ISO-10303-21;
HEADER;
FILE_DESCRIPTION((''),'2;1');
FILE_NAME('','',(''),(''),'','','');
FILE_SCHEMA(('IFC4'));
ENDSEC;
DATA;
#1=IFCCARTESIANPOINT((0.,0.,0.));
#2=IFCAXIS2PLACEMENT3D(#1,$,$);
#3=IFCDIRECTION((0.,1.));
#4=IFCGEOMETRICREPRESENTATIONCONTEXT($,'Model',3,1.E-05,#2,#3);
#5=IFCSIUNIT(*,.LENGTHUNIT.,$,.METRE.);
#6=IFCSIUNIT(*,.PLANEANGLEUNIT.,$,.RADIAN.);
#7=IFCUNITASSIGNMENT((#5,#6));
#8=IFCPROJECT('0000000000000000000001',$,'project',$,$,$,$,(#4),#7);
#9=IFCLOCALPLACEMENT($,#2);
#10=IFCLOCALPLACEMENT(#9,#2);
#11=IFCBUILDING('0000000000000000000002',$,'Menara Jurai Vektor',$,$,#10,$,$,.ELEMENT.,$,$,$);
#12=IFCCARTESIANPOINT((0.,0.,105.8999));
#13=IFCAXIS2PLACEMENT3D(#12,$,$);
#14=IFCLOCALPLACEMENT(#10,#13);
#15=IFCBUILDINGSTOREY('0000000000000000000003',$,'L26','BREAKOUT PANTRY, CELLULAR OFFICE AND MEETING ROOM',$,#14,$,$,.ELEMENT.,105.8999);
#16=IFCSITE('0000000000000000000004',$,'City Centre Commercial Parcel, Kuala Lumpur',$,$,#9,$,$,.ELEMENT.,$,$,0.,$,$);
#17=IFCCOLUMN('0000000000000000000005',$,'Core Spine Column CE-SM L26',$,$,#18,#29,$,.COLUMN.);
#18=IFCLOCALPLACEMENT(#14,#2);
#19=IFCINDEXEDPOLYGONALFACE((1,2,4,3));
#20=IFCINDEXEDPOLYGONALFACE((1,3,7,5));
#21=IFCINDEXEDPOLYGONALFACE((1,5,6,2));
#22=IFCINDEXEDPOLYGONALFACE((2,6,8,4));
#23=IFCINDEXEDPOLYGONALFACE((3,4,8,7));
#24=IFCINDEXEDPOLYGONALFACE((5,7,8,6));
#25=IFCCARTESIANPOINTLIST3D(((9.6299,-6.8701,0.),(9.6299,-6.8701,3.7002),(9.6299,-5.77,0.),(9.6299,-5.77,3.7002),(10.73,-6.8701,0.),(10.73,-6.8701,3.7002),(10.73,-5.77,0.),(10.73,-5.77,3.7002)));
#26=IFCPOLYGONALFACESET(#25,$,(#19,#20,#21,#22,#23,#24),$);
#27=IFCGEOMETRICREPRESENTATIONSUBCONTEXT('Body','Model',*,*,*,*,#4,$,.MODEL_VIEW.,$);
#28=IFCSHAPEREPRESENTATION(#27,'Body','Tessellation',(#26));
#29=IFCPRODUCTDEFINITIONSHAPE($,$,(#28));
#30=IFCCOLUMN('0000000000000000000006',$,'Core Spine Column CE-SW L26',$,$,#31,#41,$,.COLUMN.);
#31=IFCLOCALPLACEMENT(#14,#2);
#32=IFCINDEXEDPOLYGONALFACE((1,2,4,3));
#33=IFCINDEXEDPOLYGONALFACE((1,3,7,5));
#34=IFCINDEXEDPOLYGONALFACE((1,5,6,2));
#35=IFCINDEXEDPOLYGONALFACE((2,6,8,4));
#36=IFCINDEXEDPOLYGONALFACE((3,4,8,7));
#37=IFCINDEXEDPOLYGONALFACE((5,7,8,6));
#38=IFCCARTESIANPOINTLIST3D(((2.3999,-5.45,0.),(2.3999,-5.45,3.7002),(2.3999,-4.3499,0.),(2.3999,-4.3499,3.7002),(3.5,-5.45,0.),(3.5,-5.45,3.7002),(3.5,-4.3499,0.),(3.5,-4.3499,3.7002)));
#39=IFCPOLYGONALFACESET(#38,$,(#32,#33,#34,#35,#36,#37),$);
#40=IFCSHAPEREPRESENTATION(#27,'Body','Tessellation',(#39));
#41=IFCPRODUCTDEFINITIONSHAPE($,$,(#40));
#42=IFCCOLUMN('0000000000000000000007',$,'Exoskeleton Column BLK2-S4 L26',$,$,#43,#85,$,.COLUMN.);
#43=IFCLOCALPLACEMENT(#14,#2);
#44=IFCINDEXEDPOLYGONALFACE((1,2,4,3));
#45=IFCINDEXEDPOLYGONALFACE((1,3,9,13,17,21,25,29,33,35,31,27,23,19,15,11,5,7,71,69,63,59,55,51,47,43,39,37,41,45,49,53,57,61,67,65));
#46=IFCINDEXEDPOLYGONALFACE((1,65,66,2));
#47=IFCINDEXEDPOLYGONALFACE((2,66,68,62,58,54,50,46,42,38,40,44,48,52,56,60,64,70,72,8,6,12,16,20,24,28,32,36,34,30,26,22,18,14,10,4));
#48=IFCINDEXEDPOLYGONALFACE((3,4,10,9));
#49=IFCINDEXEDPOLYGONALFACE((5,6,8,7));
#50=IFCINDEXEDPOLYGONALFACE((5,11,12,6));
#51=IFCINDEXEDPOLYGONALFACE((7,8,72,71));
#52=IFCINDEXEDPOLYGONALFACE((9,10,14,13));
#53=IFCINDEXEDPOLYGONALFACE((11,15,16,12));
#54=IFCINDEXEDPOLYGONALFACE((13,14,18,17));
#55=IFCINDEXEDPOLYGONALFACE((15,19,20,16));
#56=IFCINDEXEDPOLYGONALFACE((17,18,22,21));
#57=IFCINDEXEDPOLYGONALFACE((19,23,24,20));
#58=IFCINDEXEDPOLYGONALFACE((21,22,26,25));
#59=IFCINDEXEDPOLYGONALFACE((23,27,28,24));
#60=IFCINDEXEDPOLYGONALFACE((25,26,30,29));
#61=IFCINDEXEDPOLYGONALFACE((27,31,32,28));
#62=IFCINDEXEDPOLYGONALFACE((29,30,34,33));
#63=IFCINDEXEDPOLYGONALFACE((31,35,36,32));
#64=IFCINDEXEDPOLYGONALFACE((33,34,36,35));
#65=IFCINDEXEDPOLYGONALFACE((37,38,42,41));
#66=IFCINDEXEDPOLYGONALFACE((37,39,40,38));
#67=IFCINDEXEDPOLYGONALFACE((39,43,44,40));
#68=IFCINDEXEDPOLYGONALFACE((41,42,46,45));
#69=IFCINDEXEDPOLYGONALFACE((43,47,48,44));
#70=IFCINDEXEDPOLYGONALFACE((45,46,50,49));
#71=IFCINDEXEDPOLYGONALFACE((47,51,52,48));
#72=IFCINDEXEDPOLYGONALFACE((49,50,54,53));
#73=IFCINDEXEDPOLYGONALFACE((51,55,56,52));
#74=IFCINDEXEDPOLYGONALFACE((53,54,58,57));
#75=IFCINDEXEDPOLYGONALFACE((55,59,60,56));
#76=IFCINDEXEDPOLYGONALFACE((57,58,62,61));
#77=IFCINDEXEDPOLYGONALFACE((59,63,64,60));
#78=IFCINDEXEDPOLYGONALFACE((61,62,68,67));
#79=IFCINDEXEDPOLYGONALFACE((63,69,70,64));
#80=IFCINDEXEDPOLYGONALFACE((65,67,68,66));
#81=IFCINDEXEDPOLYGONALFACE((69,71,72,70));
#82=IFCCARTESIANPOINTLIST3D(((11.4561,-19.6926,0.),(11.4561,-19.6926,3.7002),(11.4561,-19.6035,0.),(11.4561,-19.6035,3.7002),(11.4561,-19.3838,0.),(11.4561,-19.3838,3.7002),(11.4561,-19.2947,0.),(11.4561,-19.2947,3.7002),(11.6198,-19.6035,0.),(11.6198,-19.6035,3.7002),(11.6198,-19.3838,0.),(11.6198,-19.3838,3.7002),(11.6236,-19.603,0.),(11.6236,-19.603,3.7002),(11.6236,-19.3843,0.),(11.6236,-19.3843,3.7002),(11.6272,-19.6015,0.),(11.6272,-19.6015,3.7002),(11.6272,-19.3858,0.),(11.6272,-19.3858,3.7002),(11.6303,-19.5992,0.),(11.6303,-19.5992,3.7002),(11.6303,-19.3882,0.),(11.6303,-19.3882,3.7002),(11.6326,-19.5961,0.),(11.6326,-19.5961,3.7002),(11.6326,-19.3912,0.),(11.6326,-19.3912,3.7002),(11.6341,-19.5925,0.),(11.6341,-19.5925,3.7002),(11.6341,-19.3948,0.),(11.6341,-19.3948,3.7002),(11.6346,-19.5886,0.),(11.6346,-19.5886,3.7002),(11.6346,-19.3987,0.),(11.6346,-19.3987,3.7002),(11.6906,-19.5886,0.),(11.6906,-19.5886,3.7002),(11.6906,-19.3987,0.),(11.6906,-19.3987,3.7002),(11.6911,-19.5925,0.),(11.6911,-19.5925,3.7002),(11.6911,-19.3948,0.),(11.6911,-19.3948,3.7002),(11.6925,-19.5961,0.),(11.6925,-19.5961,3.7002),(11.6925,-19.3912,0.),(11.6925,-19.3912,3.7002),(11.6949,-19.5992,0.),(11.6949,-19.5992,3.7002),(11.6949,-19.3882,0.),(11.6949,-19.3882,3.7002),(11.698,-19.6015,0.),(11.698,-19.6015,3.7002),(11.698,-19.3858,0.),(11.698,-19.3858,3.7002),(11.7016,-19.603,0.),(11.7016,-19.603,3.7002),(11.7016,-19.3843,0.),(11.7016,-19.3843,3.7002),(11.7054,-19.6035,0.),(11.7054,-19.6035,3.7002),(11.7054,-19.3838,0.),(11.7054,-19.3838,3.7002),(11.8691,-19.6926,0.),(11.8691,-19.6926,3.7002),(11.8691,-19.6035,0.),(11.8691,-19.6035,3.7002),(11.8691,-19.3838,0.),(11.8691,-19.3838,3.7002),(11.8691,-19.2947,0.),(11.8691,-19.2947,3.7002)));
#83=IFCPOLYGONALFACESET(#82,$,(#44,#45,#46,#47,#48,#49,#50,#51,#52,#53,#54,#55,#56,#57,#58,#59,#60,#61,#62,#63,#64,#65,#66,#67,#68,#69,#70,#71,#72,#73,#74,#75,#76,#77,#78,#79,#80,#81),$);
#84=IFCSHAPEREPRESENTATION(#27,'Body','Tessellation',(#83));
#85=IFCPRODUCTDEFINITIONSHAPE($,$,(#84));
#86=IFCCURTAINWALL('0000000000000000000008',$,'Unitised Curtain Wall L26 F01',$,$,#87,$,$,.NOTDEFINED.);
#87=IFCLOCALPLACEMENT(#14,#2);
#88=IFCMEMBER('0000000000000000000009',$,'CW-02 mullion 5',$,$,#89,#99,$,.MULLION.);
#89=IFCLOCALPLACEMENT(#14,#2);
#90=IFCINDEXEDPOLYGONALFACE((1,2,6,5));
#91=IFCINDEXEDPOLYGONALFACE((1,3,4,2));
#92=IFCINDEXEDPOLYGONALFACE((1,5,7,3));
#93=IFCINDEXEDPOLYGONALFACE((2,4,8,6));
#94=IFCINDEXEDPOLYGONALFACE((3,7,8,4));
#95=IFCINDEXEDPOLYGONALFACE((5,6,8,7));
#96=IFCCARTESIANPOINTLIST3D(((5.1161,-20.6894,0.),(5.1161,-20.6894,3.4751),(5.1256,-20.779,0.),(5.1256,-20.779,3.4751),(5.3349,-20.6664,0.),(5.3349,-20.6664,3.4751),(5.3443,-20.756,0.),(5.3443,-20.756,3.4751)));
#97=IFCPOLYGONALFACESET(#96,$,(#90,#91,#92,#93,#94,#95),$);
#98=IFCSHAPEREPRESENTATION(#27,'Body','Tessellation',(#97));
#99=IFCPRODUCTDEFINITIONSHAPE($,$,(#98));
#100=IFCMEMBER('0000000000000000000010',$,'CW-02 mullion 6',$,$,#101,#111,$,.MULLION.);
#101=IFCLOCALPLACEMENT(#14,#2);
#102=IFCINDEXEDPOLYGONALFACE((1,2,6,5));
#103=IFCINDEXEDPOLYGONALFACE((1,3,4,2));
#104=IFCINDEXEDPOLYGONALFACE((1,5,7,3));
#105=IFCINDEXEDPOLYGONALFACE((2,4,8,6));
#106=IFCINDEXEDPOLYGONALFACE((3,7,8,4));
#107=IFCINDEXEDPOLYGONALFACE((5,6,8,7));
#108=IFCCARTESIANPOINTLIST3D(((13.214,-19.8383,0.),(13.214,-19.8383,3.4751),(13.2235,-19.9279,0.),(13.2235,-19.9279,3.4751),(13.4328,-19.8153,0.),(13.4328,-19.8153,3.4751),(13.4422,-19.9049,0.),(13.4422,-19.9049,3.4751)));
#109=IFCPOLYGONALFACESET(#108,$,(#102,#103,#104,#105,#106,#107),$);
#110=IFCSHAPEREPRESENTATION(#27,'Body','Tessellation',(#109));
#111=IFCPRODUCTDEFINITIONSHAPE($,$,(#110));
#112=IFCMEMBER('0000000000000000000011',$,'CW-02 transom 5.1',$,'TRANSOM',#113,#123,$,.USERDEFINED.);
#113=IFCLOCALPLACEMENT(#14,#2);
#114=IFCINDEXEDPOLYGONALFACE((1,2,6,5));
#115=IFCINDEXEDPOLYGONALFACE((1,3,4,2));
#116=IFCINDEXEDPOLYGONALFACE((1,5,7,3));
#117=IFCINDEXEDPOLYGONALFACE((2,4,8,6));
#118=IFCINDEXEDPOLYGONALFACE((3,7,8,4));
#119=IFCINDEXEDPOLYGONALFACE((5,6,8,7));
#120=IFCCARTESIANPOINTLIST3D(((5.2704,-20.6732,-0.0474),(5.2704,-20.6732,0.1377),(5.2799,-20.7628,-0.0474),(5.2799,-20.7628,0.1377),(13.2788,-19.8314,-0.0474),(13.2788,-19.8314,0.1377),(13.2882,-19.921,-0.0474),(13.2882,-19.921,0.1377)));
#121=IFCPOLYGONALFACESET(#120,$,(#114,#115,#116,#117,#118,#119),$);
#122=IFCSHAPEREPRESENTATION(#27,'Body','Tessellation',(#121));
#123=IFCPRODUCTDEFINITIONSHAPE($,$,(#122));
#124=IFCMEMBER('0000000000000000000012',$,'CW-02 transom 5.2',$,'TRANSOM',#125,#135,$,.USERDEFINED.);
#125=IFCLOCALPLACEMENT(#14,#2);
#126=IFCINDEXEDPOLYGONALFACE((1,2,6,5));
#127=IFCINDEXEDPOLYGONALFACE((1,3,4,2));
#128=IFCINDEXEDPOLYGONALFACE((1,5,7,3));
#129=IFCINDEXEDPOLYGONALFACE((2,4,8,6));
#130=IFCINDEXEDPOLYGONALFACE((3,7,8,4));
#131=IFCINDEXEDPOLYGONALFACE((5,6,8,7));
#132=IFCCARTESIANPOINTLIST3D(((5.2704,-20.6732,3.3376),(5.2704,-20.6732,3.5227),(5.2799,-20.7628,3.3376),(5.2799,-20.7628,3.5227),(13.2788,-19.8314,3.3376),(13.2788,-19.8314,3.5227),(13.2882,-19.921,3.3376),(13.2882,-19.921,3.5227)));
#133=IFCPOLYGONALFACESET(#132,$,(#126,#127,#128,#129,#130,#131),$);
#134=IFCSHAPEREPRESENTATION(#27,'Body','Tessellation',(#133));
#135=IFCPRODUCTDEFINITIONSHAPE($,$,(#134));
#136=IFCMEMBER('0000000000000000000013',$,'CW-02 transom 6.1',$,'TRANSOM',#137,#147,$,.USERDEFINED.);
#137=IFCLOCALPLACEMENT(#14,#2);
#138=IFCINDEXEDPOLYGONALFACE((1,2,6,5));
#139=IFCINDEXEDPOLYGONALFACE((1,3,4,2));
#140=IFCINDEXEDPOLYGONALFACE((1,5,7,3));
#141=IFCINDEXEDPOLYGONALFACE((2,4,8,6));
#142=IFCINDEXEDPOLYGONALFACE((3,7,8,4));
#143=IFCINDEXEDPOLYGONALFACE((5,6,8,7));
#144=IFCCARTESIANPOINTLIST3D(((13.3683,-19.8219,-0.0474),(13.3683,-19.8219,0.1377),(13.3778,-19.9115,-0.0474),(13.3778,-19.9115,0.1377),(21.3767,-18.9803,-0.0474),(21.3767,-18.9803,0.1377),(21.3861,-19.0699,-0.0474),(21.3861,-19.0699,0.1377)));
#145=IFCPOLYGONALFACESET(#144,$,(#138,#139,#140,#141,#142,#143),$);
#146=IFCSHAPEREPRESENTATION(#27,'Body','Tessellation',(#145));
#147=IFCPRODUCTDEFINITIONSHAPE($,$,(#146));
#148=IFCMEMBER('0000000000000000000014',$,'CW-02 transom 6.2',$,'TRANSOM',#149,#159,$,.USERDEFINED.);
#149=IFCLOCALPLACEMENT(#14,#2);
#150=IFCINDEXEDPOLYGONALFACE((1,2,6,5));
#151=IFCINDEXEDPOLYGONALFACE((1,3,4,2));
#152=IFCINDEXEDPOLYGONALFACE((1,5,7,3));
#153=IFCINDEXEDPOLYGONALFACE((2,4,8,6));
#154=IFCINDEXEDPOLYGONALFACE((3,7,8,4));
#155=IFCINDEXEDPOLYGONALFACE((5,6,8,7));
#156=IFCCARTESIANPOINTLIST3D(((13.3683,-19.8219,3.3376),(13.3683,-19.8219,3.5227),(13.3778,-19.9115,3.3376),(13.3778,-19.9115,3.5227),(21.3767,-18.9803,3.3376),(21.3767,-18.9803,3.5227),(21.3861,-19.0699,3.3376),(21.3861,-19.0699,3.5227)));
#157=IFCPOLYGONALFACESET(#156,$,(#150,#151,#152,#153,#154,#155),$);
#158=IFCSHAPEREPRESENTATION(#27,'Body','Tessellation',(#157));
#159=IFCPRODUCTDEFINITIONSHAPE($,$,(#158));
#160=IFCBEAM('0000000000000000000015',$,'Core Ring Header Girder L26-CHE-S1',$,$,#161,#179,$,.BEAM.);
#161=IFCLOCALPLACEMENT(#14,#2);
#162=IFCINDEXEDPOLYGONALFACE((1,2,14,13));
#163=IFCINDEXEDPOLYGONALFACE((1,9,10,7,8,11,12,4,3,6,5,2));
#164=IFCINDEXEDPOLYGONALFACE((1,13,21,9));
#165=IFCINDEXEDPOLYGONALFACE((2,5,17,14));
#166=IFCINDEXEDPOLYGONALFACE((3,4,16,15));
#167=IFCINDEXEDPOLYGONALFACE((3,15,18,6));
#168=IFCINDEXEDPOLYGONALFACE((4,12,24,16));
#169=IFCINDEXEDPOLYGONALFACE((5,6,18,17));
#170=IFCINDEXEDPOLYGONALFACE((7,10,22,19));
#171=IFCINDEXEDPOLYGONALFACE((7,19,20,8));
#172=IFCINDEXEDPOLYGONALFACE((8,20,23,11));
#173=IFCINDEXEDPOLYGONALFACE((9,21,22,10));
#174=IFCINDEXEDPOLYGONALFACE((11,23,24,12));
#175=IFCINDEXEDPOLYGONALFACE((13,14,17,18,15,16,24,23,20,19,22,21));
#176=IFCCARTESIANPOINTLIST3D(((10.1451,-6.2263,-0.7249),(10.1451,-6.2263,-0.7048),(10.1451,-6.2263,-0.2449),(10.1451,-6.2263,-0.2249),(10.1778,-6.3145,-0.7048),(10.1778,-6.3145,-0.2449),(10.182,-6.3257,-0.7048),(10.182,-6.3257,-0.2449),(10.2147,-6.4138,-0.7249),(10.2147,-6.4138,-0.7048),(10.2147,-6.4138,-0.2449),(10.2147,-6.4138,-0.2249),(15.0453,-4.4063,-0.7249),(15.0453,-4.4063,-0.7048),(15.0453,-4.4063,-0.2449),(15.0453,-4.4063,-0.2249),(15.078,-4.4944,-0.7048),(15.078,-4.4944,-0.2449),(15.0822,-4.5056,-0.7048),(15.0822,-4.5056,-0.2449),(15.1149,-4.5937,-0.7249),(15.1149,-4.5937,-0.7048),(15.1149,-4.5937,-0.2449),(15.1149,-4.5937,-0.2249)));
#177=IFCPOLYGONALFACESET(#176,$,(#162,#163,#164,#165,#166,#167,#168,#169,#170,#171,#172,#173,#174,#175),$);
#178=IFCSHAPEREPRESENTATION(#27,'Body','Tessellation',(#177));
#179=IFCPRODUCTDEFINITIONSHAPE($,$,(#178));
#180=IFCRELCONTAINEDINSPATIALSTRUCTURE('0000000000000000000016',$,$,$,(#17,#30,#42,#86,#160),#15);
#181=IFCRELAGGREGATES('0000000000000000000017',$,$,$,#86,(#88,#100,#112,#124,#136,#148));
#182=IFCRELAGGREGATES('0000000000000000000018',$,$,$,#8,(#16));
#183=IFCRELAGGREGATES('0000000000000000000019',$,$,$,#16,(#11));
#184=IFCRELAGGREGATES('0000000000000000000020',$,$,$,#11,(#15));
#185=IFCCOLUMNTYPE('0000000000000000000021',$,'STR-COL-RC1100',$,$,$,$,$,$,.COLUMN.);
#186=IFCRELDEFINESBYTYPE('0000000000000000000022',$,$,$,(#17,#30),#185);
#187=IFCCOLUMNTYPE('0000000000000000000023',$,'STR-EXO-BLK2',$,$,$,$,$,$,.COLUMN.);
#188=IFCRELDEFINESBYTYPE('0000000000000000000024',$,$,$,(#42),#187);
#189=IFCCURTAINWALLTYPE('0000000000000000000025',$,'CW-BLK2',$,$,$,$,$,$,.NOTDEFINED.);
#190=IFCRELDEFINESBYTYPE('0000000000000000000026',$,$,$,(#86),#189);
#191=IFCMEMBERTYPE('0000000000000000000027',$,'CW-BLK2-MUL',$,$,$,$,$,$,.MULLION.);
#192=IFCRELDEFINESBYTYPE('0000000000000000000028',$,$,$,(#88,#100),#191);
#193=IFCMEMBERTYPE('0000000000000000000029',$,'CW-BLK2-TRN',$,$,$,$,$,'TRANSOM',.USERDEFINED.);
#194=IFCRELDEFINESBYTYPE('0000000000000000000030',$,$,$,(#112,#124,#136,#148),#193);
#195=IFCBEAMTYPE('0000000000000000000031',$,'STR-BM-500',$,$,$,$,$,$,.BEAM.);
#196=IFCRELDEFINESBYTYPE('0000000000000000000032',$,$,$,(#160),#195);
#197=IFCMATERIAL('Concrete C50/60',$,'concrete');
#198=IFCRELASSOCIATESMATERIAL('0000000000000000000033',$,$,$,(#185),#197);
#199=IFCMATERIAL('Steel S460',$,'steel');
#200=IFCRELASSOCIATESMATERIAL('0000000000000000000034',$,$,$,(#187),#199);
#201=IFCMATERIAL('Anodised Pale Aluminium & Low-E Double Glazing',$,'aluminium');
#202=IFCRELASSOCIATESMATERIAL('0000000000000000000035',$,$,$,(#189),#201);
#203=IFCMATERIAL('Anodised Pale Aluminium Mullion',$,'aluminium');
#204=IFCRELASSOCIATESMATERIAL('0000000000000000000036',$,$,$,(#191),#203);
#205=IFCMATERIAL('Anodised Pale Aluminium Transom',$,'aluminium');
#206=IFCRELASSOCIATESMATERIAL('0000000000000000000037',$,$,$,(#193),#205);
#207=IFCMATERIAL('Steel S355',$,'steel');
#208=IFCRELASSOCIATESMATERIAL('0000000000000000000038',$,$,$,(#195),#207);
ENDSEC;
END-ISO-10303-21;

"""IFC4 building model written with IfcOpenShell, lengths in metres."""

from ifc_helpers import new_model, si_unit, direction, frame, origin, origin_2d, place, context, subcontext, project, spatial, rectangle, i_section, extrude, material, material_profile, profile_set, type_object, element, aggregate, save


model = new_model("IFC4")

# Units and contexts
model_context = context("Model", 3, precision=1e-05, world=origin(), true_north=direction((0.0, 1.0)))
body_context = subcontext(model_context, "Body", "Model", "MODEL_VIEW")
ifc_project = project(units=[si_unit("LENGTHUNIT", "METRE"), si_unit("PLANEANGLEUNIT", "RADIAN")], contexts=[model_context])

# Site, building, storey
site_placement = place(None, origin())
site = spatial("IfcSite", under=ifc_project, at=site_placement, Name="City Centre Commercial Parcel, Kuala Lumpur", CompositionType="ELEMENT", RefElevation=0.0)
building_placement = place(site_placement, origin())
building = spatial("IfcBuilding", under=site, at=building_placement, Name="Menara Jurai Vektor", CompositionType="ELEMENT")
storey_placement = place(building_placement, frame((0.0, 0.0, 105.8999)))
storey = spatial("IfcBuildingStorey", under=building, at=storey_placement, Name="L26", Description="BREAKOUT PANTRY, CELLULAR OFFICE AND MEETING ROOM", CompositionType="ELEMENT", Elevation=105.8999)

# Columns
ifc_material_1 = material(Name="Concrete C50/60", Category="concrete")
ifc_material_profile_1 = material_profile(ifc_material_1, rectangle(XDim=1.1001, YDim=1.1001, at=origin_2d()), Name="RC 1100x1100")
ifc_profile_set_1 = profile_set([ifc_material_profile_1], Name="Concrete C50/60")
column_type_1 = type_object("IfcColumnType", Name="STR-COL-RC1100", PredefinedType="COLUMN", material=ifc_profile_set_1)
for number, where, z_axis, x_axis, name in (
    (1, (10.1799, -6.3201, 0.0), (0.0, 0.0, 1.0), (1.0, 0.0, 0.0), "Core Spine Column CE-SM L26"),
    (2, (2.95, -4.8999, 0.0), (0.0, 0.0, 1.0), (1.0, 0.0, 0.0), "Core Spine Column CE-SW L26"),
):
    element("IfcColumn", number, at=place(storey_placement, frame(where, z_axis=z_axis, x_axis=x_axis)), inside=storey, type_object=column_type_1, Name=name, PredefinedType="COLUMN", context=body_context, shape_type="SweptSolid", body=[
        extrude(rectangle(XDim=1.1001, YDim=1.1001, at=origin_2d()), origin(), (0.0, 0.0, 1.0), 3.7002),
    ])
ifc_material_2 = material(Name="Steel S460", Category="steel")
ifc_material_profile_2 = material_profile(ifc_material_2, i_section(OverallWidth=0.4131, OverallDepth=0.3979, WebThickness=0.0559, FlangeThickness=0.0891, FilletRadius=0.0149, at=origin_2d()), Name="HD 400x744")
ifc_profile_set_2 = profile_set([ifc_material_profile_2], Name="Steel S460")
column_type_2 = type_object("IfcColumnType", Name="STR-EXO-BLK2", PredefinedType="COLUMN", material=ifc_profile_set_2)
column_placement = place(storey_placement, frame((11.6626, -19.4937, 0.0), z_axis=(0.0, 0.0, 1.0), x_axis=(1.0, 0.0, 0.0)))
element("IfcColumn", 3, at=column_placement, inside=storey, type_object=column_type_2, Name="Exoskeleton Column BLK2-S4 L26", PredefinedType="COLUMN", context=body_context, shape_type="SweptSolid", body=[
    extrude(i_section(OverallWidth=0.4131, OverallDepth=0.3979, WebThickness=0.0559, FlangeThickness=0.0891, FilletRadius=0.0149, at=origin_2d()), origin(), (0.0, 0.0, 1.0), 3.7002),
])

# Curtain wall, members
ifc_material_3 = material(Name="Anodised Pale Aluminium & Low-E Double Glazing", Category="aluminium")
curtain_wall_type = type_object("IfcCurtainWallType", Name="CW-BLK2", PredefinedType="NOTDEFINED", material=ifc_material_3)
curtain_wall_placement = place(storey_placement, origin())
curtain_wall = element("IfcCurtainWall", 4, at=curtain_wall_placement, inside=storey, type_object=curtain_wall_type, Name="Unitised Curtain Wall L26 F01", PredefinedType="NOTDEFINED")
ifc_material_4 = material(Name="Anodised Pale Aluminium Mullion", Category="aluminium")
ifc_material_profile_3 = material_profile(ifc_material_4, rectangle(XDim=0.0901, YDim=0.22, at=origin_2d()), Name="ALU MUL 90x220")
ifc_profile_set_3 = profile_set([ifc_material_profile_3], Name="Anodised Pale Aluminium Mullion")
member_type_1 = type_object("IfcMemberType", Name="CW-BLK2-MUL", PredefinedType="MULLION", material=ifc_profile_set_3)
member_1_placement = place(storey_placement, frame((5.2302, -20.7227, 0.0), z_axis=(0.0, 0.0, 1.0), x_axis=(-0.104529, 0.994522, 0.0)))
member_1 = element("IfcMember", 5, at=member_1_placement, type_object=member_type_1, Name="CW-02 mullion 5", PredefinedType="MULLION", context=body_context, shape_type="SweptSolid", body=[
    extrude(rectangle(XDim=0.0901, YDim=0.22, at=origin_2d()), origin(), (0.0, 0.0, 1.0), 3.4751),
])
member_2_placement = place(storey_placement, frame((13.3281, -19.8716, 0.0), z_axis=(0.0, 0.0, 1.0), x_axis=(-0.104529, 0.994522, 0.0)))
member_2 = element("IfcMember", 6, at=member_2_placement, type_object=member_type_1, Name="CW-02 mullion 6", PredefinedType="MULLION", context=body_context, shape_type="SweptSolid", body=[
    extrude(rectangle(XDim=0.0901, YDim=0.22, at=origin_2d()), origin(), (0.0, 0.0, 1.0), 3.4751),
])
ifc_material_5 = material(Name="Anodised Pale Aluminium Transom", Category="aluminium")
ifc_material_profile_4 = material_profile(ifc_material_5, rectangle(XDim=0.0901, YDim=0.1851, at=origin_2d()), Name="ALU TRN 90x185")
ifc_profile_set_4 = profile_set([ifc_material_profile_4], Name="Anodised Pale Aluminium Transom")
member_type_2 = type_object("IfcMemberType", Name="CW-BLK2-TRN", ElementType="TRANSOM", PredefinedType="USERDEFINED", material=ifc_profile_set_4)
member_3_placement = place(storey_placement, frame((5.2751, -20.718, 0.0452), z_axis=(0.994521, 0.10454, 0.0), x_axis=(-0.10454, 0.994521, 0.0)))
member_3 = element("IfcMember", 7, at=member_3_placement, type_object=member_type_2, Name="CW-02 transom 5.1", ObjectType="TRANSOM", PredefinedType="USERDEFINED", context=body_context, shape_type="SweptSolid", body=[
    extrude(rectangle(XDim=0.0901, YDim=0.1851, at=origin_2d()), origin(), (0.0, 0.0, 1.0), 8.0525),
])
member_4_placement = place(storey_placement, frame((5.2751, -20.718, 3.4302), z_axis=(0.994521, 0.10454, 0.0), x_axis=(-0.10454, 0.994521, 0.0)))
member_4 = element("IfcMember", 8, at=member_4_placement, type_object=member_type_2, Name="CW-02 transom 5.2", ObjectType="TRANSOM", PredefinedType="USERDEFINED", context=body_context, shape_type="SweptSolid", body=[
    extrude(rectangle(XDim=0.0901, YDim=0.1851, at=origin_2d()), origin(), (0.0, 0.0, 1.0), 8.0525),
])
member_5_placement = place(storey_placement, frame((13.373, -19.8667, 0.0452), z_axis=(0.994524, 0.10451, 0.0), x_axis=(-0.10451, 0.994524, 0.0)))
member_5 = element("IfcMember", 9, at=member_5_placement, type_object=member_type_2, Name="CW-02 transom 6.1", ObjectType="TRANSOM", PredefinedType="USERDEFINED", context=body_context, shape_type="SweptSolid", body=[
    extrude(rectangle(XDim=0.0901, YDim=0.1851, at=origin_2d()), origin(), (0.0, 0.0, 1.0), 8.0525),
])
member_6_placement = place(storey_placement, frame((13.373, -19.8667, 3.4302), z_axis=(0.994524, 0.10451, 0.0), x_axis=(-0.10451, 0.994524, 0.0)))
member_6 = element("IfcMember", 10, at=member_6_placement, type_object=member_type_2, Name="CW-02 transom 6.2", ObjectType="TRANSOM", PredefinedType="USERDEFINED", context=body_context, shape_type="SweptSolid", body=[
    extrude(rectangle(XDim=0.0901, YDim=0.1851, at=origin_2d()), origin(), (0.0, 0.0, 1.0), 8.0525),
])

# Beam
ifc_material_6 = material(Name="Steel S355", Category="steel")
ifc_material_profile_5 = material_profile(ifc_material_6, i_section(OverallWidth=0.2, OverallDepth=0.5, WebThickness=0.012, FlangeThickness=0.02, at=origin_2d()), Name="PG 500x200x96")
ifc_profile_set_5 = profile_set([ifc_material_profile_5], Name="Steel S355")
beam_type_1 = type_object("IfcBeamType", Name="STR-BM-500", PredefinedType="BEAM", material=ifc_profile_set_5)
beam_1_placement = place(storey_placement, frame((10.1799, -6.3201, -0.4749), z_axis=(0.937424, 0.348189, 0.0), x_axis=(-0.348189, 0.937424, 0.0)))
element("IfcBeam", 11, at=beam_1_placement, inside=storey, type_object=beam_type_1, Name="Core Ring Header Girder L26-CHE-S1", PredefinedType="BEAM", context=body_context, shape_type="SweptSolid", body=[
    extrude(i_section(OverallWidth=0.2, OverallDepth=0.5, WebThickness=0.012, FlangeThickness=0.02, at=origin_2d()), origin(), (0.0, 0.0, 1.0), 5.2273),
])

aggregate(curtain_wall, [member_1, member_2, member_3, member_4, member_5, member_6])

save(model, "model.ifc")
